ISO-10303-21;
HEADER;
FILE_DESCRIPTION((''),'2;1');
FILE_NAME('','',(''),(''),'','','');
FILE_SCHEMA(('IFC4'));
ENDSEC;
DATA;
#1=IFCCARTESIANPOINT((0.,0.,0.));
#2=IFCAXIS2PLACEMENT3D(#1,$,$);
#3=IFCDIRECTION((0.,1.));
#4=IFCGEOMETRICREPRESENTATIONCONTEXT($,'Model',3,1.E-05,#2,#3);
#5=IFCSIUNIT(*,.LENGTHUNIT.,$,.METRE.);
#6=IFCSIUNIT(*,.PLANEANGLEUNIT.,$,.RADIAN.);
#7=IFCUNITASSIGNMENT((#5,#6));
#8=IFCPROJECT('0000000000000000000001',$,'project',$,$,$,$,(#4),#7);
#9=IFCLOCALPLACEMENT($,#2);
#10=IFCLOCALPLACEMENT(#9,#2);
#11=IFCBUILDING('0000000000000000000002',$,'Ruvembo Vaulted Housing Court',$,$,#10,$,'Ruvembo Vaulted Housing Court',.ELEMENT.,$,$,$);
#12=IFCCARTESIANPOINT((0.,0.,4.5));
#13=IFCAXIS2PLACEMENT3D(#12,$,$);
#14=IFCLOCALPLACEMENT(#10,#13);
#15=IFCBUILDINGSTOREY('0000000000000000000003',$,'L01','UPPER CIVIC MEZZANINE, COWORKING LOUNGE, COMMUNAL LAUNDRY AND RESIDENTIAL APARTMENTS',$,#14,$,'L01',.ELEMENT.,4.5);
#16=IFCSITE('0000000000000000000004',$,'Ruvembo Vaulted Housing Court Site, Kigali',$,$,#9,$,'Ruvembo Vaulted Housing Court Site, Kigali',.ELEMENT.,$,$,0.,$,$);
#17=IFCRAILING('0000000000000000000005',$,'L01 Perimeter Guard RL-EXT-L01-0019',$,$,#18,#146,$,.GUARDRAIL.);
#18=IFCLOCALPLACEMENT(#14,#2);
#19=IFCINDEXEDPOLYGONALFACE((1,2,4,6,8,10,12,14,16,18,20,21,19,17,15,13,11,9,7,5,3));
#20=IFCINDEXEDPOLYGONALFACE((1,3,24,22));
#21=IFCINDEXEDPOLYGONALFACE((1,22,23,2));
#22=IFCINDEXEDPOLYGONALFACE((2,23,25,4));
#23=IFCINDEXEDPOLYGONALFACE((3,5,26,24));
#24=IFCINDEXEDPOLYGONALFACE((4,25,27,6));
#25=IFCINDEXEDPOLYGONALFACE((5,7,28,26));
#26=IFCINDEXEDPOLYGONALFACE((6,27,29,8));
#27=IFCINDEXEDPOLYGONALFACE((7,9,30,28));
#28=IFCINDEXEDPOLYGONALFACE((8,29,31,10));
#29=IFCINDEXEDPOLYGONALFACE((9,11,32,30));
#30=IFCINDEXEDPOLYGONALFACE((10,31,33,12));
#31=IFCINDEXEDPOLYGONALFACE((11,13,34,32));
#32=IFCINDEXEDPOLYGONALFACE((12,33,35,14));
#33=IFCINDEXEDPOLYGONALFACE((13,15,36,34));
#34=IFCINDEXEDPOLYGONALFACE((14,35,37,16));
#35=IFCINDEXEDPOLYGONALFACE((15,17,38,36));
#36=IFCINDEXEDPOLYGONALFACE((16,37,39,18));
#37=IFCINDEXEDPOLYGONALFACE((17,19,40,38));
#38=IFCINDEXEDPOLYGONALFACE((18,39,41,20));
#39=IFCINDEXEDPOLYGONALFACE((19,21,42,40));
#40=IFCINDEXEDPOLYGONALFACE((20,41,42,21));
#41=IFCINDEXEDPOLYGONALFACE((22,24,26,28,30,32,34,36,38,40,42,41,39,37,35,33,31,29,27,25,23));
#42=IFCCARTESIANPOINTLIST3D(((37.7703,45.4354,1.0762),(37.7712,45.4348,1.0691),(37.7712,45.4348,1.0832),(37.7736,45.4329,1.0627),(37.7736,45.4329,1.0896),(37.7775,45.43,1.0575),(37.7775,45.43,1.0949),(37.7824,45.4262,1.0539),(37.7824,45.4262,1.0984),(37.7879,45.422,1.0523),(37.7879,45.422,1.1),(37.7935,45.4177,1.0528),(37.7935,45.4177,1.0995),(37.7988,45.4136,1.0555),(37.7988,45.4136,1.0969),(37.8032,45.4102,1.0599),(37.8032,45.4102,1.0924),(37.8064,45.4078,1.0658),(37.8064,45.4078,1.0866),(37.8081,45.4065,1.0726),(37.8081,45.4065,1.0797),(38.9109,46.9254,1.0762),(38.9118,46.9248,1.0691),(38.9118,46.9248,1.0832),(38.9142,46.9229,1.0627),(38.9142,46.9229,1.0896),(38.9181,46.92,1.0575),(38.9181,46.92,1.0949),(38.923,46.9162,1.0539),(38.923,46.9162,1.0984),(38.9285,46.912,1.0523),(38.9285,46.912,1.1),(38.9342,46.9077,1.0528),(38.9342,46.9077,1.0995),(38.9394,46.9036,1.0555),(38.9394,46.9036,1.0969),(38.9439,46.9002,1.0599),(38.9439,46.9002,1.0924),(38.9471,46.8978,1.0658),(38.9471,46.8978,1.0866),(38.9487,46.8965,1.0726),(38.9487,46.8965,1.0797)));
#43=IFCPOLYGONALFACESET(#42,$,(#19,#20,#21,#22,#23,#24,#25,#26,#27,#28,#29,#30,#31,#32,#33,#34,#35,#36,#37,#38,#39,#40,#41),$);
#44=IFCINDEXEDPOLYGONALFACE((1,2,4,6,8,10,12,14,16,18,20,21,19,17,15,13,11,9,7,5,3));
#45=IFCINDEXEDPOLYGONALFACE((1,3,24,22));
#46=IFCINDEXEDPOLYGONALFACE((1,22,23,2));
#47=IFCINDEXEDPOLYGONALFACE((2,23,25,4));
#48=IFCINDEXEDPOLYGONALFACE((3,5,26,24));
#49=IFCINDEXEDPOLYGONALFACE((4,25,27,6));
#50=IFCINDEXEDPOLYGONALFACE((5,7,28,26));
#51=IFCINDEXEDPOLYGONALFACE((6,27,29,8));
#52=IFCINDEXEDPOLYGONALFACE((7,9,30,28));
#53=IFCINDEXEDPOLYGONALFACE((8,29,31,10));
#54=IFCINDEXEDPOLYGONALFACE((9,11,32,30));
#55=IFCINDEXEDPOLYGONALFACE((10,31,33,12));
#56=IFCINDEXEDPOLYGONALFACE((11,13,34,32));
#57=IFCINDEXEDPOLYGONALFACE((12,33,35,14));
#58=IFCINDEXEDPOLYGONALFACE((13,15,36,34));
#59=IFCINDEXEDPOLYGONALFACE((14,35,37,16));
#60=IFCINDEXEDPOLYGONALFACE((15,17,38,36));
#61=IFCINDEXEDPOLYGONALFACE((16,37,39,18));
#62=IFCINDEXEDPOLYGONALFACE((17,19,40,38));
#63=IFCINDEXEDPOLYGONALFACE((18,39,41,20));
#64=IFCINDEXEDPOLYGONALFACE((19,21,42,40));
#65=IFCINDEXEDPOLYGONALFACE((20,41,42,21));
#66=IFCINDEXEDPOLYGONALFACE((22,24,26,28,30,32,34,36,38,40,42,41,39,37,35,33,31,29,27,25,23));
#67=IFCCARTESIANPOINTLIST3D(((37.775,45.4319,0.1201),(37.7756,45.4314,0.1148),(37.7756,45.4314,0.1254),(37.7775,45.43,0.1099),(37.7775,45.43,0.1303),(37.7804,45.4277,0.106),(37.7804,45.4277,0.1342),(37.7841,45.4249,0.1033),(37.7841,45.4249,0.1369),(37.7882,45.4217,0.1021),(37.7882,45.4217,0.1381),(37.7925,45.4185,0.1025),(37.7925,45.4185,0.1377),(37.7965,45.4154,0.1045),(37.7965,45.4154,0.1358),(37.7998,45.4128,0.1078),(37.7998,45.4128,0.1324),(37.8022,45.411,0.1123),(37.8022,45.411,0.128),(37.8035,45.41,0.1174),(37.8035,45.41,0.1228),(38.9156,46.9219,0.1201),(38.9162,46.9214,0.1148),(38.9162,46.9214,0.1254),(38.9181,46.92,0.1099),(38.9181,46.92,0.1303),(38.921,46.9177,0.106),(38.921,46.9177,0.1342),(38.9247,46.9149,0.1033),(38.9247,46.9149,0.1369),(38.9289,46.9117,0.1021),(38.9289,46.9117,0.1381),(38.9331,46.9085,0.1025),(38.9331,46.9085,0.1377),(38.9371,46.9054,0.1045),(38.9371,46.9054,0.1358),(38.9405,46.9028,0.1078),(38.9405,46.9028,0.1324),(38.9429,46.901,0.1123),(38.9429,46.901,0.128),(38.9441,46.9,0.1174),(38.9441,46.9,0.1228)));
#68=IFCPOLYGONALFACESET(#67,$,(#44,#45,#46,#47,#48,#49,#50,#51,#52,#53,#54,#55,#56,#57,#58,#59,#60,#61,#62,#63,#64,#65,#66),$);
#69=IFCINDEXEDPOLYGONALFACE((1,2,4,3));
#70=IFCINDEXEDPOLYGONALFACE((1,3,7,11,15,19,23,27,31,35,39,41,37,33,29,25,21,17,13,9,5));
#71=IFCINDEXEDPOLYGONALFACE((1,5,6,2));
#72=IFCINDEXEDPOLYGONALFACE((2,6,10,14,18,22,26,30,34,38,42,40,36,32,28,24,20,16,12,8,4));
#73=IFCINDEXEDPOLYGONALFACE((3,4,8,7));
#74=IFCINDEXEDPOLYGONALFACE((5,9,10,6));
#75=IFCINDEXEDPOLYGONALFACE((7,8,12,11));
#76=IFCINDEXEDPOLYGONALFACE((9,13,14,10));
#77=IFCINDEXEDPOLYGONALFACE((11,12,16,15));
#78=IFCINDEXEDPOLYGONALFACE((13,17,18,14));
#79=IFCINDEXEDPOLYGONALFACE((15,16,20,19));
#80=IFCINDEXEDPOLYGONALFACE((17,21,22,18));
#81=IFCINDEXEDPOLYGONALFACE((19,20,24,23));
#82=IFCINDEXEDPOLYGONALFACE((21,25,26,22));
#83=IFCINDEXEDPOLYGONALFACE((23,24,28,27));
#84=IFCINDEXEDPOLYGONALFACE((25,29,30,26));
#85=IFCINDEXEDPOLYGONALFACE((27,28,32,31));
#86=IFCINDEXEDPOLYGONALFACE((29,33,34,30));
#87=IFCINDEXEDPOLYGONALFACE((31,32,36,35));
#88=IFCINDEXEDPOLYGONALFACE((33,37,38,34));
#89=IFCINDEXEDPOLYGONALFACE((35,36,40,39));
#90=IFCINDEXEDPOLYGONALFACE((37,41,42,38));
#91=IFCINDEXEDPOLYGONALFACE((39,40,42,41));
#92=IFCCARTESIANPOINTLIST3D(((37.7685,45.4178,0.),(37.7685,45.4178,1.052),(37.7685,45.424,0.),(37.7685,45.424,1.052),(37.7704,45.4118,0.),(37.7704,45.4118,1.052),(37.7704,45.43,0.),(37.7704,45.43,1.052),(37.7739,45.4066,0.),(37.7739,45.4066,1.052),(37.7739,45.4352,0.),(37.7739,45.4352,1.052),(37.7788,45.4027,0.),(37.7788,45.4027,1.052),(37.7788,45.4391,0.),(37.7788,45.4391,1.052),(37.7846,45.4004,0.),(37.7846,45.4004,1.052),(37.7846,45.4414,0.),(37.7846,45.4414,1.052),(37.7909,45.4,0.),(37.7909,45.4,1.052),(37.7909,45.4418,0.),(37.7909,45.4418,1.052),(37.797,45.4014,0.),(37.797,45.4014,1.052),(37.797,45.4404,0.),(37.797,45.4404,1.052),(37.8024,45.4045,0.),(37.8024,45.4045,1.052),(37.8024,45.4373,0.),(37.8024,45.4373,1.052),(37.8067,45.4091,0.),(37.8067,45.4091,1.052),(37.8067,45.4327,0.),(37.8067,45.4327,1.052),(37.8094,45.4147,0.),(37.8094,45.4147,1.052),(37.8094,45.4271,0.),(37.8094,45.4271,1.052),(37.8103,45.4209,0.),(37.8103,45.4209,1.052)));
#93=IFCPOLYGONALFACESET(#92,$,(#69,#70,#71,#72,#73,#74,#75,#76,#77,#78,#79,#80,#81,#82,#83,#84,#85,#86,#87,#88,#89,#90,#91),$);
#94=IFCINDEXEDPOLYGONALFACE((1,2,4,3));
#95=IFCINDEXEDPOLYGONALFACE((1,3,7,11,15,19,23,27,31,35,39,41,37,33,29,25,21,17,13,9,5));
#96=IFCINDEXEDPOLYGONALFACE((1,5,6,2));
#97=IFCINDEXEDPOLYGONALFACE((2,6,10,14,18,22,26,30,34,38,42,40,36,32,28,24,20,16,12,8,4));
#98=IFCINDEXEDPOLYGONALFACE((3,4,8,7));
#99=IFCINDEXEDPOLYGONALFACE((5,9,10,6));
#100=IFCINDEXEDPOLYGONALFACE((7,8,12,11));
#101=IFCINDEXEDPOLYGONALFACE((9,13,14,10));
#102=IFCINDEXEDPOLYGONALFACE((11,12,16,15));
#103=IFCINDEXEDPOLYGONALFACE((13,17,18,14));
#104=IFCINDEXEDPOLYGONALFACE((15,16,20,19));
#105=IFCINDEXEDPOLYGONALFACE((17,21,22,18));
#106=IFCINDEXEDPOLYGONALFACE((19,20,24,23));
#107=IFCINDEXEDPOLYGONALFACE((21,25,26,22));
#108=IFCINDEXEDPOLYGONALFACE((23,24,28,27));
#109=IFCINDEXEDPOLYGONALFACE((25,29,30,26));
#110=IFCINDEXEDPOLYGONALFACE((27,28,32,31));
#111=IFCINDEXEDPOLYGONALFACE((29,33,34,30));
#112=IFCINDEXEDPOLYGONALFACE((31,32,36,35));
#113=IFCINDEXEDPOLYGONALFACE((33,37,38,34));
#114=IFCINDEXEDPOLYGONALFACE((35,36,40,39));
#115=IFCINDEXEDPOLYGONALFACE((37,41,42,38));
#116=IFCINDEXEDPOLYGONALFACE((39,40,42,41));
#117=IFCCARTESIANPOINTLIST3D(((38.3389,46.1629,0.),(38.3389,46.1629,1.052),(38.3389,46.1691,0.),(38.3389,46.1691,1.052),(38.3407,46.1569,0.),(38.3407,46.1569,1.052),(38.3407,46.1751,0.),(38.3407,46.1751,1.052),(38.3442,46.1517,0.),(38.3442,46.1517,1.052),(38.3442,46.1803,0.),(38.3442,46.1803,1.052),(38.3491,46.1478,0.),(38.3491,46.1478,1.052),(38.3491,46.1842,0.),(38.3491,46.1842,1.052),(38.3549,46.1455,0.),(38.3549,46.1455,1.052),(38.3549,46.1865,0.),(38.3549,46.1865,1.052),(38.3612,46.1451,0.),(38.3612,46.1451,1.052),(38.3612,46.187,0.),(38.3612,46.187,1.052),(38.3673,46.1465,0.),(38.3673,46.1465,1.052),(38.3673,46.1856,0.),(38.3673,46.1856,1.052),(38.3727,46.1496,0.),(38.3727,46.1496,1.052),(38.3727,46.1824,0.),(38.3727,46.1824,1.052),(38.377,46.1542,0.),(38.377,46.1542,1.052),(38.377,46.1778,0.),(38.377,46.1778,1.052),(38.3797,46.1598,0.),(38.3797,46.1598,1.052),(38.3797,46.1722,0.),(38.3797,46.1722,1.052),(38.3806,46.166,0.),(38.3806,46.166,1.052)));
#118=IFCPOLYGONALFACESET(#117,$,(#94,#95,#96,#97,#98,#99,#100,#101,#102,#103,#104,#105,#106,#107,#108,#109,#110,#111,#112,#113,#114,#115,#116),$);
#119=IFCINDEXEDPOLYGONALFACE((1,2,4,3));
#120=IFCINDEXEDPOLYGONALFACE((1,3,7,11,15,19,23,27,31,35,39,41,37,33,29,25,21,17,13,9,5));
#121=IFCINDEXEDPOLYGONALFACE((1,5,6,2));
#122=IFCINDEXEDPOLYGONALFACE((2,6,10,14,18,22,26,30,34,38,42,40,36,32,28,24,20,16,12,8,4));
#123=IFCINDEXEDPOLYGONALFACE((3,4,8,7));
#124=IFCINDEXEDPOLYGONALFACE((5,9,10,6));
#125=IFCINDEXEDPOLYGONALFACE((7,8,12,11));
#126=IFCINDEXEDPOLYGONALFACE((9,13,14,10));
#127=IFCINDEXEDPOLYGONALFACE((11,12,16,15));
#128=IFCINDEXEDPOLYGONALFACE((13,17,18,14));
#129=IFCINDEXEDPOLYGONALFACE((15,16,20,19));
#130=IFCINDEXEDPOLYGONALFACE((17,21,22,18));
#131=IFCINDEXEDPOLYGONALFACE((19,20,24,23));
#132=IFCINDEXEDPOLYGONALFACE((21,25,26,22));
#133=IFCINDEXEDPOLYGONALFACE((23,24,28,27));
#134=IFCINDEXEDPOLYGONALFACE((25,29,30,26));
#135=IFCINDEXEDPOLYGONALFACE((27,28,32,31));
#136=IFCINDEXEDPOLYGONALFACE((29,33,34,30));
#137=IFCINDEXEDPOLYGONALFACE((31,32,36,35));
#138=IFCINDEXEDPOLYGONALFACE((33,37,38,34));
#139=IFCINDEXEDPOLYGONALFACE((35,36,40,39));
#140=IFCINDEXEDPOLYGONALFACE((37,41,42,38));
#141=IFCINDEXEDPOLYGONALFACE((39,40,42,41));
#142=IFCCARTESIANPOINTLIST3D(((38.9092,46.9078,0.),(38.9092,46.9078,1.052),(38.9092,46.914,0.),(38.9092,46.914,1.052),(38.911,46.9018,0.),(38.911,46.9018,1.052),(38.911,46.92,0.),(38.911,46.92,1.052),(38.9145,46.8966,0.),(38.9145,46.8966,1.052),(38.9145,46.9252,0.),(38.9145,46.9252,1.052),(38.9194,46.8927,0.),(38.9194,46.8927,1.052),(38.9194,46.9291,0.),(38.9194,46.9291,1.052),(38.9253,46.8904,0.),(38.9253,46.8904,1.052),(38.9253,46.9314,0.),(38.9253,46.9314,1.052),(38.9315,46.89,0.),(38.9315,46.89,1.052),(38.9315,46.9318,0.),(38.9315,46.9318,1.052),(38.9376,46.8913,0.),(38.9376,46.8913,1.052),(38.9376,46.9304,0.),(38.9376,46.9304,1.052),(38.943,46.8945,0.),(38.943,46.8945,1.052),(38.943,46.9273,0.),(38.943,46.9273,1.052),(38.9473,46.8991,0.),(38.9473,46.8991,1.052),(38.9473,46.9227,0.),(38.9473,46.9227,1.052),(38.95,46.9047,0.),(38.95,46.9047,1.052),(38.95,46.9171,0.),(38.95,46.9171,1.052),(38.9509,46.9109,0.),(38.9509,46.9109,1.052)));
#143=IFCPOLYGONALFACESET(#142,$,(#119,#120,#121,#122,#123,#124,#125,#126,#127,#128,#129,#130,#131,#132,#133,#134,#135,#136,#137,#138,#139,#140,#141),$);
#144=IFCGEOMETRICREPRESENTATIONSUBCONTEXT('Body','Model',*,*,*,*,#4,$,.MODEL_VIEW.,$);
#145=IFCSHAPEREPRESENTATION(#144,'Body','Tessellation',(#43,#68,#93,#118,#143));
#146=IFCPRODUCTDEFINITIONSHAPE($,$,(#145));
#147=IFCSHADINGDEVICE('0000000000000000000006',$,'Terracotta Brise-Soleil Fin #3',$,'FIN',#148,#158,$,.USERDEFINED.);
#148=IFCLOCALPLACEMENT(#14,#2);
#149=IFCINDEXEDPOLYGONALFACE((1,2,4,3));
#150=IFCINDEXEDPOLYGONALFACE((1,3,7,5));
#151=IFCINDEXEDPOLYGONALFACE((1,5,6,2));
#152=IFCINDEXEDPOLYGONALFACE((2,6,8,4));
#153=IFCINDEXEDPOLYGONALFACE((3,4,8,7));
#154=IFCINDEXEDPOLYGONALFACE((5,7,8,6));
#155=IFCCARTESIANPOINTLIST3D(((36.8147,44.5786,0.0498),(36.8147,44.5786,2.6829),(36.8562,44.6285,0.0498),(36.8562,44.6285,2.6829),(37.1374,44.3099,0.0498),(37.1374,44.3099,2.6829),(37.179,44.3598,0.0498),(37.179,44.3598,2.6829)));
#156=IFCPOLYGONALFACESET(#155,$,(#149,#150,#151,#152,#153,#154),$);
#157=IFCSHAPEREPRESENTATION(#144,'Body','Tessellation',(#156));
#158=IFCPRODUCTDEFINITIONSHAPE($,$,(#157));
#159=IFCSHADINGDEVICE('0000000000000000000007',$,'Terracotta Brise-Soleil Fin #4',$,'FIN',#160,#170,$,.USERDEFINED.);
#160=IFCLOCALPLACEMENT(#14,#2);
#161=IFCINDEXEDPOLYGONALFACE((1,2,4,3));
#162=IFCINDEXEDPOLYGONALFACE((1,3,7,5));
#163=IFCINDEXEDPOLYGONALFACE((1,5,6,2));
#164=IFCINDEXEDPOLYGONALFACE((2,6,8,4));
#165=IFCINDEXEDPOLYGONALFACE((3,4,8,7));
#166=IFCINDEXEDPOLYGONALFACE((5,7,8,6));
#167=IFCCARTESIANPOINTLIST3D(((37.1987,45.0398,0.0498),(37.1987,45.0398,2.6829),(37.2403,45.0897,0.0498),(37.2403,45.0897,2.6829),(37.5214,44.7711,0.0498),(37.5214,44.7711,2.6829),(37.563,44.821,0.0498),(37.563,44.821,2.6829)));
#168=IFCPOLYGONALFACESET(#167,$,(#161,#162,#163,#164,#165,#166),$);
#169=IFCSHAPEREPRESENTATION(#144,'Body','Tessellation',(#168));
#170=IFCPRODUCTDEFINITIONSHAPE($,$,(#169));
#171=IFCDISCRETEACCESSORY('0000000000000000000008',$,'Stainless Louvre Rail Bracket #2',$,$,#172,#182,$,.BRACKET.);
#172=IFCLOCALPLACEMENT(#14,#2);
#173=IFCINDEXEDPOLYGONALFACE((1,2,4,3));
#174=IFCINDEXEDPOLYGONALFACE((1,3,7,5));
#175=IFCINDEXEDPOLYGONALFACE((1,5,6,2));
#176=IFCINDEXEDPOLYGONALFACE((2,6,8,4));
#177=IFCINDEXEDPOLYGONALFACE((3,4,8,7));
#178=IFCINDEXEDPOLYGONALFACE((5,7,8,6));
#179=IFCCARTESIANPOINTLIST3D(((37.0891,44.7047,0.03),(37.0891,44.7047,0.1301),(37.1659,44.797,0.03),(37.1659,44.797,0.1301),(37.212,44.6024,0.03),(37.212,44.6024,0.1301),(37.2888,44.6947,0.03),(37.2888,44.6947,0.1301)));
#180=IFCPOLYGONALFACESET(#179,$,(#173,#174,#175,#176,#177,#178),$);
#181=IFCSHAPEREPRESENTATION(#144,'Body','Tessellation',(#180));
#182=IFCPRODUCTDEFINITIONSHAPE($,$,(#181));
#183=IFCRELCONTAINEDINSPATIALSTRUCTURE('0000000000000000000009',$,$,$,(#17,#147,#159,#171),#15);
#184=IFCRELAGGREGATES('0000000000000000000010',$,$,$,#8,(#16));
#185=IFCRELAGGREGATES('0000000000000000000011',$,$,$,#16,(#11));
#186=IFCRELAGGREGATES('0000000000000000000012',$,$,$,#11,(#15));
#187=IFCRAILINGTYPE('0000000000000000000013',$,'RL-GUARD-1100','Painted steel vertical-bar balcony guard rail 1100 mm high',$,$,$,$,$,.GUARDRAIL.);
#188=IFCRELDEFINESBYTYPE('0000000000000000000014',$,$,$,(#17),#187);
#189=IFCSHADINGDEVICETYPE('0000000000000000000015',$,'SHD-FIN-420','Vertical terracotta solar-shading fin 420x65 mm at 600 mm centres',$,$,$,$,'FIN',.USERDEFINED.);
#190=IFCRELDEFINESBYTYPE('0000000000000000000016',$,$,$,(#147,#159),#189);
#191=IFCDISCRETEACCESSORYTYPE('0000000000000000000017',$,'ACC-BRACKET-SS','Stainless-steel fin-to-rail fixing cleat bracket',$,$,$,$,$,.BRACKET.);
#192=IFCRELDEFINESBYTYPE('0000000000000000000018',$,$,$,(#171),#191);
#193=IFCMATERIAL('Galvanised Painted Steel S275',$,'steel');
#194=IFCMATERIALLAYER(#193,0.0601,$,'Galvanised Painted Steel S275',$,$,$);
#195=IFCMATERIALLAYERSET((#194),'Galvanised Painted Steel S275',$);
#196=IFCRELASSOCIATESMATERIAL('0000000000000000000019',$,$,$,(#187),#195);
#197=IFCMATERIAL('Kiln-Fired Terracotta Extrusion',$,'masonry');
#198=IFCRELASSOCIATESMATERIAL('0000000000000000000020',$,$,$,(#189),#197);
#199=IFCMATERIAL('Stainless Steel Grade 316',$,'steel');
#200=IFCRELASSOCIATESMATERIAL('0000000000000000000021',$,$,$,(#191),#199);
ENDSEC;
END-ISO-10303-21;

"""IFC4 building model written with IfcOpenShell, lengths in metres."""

from ifc_helpers import new_model, si_unit, direction, frame, origin, origin_2d, place, context, subcontext, project, spatial, rectangle, circle, extrude, material, layer, layer_set, type_object, element, save


model = new_model("IFC4")

# Units and contexts
model_context = context("Model", 3, precision=1e-05, world=origin(), true_north=direction((0.0, 1.0)))
body_context = subcontext(model_context, "Body", "Model", "MODEL_VIEW")
ifc_project = project(units=[si_unit("LENGTHUNIT", "METRE"), si_unit("PLANEANGLEUNIT", "RADIAN")], contexts=[model_context])

# Site, building, storey
site_placement = place(None, origin())
site = spatial("IfcSite", under=ifc_project, at=site_placement, Name="Ruvembo Vaulted Housing Court Site, Kigali", LongName="Ruvembo Vaulted Housing Court Site, Kigali", CompositionType="ELEMENT", RefElevation=0.0)
building_placement = place(site_placement, origin())
building = spatial("IfcBuilding", under=site, at=building_placement, Name="Ruvembo Vaulted Housing Court", LongName="Ruvembo Vaulted Housing Court", CompositionType="ELEMENT")
storey_placement = place(building_placement, frame((0.0, 0.0, 4.5)))
storey = spatial("IfcBuildingStorey", under=building, at=storey_placement, Name="L01", Description="UPPER CIVIC MEZZANINE, COWORKING LOUNGE, COMMUNAL LAUNDRY AND RESIDENTIAL APARTMENTS", LongName="L01", CompositionType="ELEMENT", Elevation=4.5)

# Railing
ifc_material_1 = material(Name="Galvanised Painted Steel S275", Category="steel")
ifc_layer_1 = layer(ifc_material_1, 0.0601, Name="Galvanised Painted Steel S275")
ifc_layer_set_1 = layer_set([ifc_layer_1], Name="Galvanised Painted Steel S275")
railing_type = type_object("IfcRailingType", Name="RL-GUARD-1100", Description="Painted steel vertical-bar balcony guard rail 1100 mm high", PredefinedType="GUARDRAIL", material=ifc_layer_set_1)
railing_1_placement = place(storey_placement, frame((37.7893, 45.4209, 0.0)))
element("IfcRailing", 1, at=railing_1_placement, inside=storey, type_object=railing_type, Name="L01 Perimeter Guard RL-EXT-L01-0019", PredefinedType="GUARDRAIL", context=body_context, shape_type="SweptSolid", body=[
    extrude(circle(Radius=0.0239, at=origin_2d()), frame((0.0, 0.0, 1.0762), z_axis=(0.607861, 0.794044, 0.0), x_axis=(-0.794044, 0.607861, 0.0)), (0.0, 0.0, 1.0), 1.8765),
    extrude(circle(Radius=0.0181, at=origin_2d()), frame((0.0, 0.0, 0.1201), z_axis=(0.607861, 0.794044, 0.0), x_axis=(-0.794044, 0.607861, 0.0)), (0.0, 0.0, 1.0), 1.8765),
    extrude(circle(Radius=0.021, at=origin_2d()), origin(), (0.0, 0.0, 1.0), 1.052),
    extrude(circle(Radius=0.021, at=origin_2d()), frame((0.5703, 0.7451, 0.0)), (0.0, 0.0, 1.0), 1.052),
    extrude(circle(Radius=0.021, at=origin_2d()), frame((1.1406, 1.49, 0.0)), (0.0, 0.0, 1.0), 1.052),
])

# Shading devices
ifc_material_2 = material(Name="Kiln-Fired Terracotta Extrusion", Category="masonry")
shading_device_type = type_object("IfcShadingDeviceType", Name="SHD-FIN-420", Description="Vertical terracotta solar-shading fin 420x65 mm at 600 mm centres", ElementType="FIN", PredefinedType="USERDEFINED", material=ifc_material_2)
for number, where, z_axis, x_axis, name in (
    (2, (36.9968, 44.4692, 0.0498), (0.0, 0.0, 1.0), (0.768496, -0.639855, 0.0), "Terracotta Brise-Soleil Fin #3"),
    (3, (37.3809, 44.9304, 0.0498), (0.0, 0.0, 1.0), (0.768496, -0.639855, 0.0), "Terracotta Brise-Soleil Fin #4"),
):
    element("IfcShadingDevice", number, at=place(storey_placement, frame(where, z_axis=z_axis, x_axis=x_axis)), inside=storey, type_object=shading_device_type, Name=name, ObjectType="FIN", PredefinedType="USERDEFINED", context=body_context, shape_type="SweptSolid", body=[
        extrude(rectangle(XDim=0.4199, YDim=0.0649, at=origin_2d()), origin(), (0.0, 0.0, 1.0), 2.6331),
    ])

# Discrete accessory
ifc_material_3 = material(Name="Stainless Steel Grade 316", Category="steel")
discrete_accessory_type = type_object("IfcDiscreteAccessoryType", Name="ACC-BRACKET-SS", Description="Stainless-steel fin-to-rail fixing cleat bracket", PredefinedType="BRACKET", material=ifc_material_3)
discrete_accessory_placement = place(storey_placement, frame((37.189, 44.6997, 0.03), z_axis=(0.0, 0.0, 1.0), x_axis=(0.768496, -0.639855, 0.0)))
element("IfcDiscreteAccessory", 4, at=discrete_accessory_placement, inside=storey, type_object=discrete_accessory_type, Name="Stainless Louvre Rail Bracket #2", PredefinedType="BRACKET", context=body_context, shape_type="SweptSolid", body=[
    extrude(rectangle(XDim=0.1599, YDim=0.1201, at=origin_2d()), origin(), (0.0, 0.0, 1.0), 0.1001),
])

save(model, "model.ifc")
